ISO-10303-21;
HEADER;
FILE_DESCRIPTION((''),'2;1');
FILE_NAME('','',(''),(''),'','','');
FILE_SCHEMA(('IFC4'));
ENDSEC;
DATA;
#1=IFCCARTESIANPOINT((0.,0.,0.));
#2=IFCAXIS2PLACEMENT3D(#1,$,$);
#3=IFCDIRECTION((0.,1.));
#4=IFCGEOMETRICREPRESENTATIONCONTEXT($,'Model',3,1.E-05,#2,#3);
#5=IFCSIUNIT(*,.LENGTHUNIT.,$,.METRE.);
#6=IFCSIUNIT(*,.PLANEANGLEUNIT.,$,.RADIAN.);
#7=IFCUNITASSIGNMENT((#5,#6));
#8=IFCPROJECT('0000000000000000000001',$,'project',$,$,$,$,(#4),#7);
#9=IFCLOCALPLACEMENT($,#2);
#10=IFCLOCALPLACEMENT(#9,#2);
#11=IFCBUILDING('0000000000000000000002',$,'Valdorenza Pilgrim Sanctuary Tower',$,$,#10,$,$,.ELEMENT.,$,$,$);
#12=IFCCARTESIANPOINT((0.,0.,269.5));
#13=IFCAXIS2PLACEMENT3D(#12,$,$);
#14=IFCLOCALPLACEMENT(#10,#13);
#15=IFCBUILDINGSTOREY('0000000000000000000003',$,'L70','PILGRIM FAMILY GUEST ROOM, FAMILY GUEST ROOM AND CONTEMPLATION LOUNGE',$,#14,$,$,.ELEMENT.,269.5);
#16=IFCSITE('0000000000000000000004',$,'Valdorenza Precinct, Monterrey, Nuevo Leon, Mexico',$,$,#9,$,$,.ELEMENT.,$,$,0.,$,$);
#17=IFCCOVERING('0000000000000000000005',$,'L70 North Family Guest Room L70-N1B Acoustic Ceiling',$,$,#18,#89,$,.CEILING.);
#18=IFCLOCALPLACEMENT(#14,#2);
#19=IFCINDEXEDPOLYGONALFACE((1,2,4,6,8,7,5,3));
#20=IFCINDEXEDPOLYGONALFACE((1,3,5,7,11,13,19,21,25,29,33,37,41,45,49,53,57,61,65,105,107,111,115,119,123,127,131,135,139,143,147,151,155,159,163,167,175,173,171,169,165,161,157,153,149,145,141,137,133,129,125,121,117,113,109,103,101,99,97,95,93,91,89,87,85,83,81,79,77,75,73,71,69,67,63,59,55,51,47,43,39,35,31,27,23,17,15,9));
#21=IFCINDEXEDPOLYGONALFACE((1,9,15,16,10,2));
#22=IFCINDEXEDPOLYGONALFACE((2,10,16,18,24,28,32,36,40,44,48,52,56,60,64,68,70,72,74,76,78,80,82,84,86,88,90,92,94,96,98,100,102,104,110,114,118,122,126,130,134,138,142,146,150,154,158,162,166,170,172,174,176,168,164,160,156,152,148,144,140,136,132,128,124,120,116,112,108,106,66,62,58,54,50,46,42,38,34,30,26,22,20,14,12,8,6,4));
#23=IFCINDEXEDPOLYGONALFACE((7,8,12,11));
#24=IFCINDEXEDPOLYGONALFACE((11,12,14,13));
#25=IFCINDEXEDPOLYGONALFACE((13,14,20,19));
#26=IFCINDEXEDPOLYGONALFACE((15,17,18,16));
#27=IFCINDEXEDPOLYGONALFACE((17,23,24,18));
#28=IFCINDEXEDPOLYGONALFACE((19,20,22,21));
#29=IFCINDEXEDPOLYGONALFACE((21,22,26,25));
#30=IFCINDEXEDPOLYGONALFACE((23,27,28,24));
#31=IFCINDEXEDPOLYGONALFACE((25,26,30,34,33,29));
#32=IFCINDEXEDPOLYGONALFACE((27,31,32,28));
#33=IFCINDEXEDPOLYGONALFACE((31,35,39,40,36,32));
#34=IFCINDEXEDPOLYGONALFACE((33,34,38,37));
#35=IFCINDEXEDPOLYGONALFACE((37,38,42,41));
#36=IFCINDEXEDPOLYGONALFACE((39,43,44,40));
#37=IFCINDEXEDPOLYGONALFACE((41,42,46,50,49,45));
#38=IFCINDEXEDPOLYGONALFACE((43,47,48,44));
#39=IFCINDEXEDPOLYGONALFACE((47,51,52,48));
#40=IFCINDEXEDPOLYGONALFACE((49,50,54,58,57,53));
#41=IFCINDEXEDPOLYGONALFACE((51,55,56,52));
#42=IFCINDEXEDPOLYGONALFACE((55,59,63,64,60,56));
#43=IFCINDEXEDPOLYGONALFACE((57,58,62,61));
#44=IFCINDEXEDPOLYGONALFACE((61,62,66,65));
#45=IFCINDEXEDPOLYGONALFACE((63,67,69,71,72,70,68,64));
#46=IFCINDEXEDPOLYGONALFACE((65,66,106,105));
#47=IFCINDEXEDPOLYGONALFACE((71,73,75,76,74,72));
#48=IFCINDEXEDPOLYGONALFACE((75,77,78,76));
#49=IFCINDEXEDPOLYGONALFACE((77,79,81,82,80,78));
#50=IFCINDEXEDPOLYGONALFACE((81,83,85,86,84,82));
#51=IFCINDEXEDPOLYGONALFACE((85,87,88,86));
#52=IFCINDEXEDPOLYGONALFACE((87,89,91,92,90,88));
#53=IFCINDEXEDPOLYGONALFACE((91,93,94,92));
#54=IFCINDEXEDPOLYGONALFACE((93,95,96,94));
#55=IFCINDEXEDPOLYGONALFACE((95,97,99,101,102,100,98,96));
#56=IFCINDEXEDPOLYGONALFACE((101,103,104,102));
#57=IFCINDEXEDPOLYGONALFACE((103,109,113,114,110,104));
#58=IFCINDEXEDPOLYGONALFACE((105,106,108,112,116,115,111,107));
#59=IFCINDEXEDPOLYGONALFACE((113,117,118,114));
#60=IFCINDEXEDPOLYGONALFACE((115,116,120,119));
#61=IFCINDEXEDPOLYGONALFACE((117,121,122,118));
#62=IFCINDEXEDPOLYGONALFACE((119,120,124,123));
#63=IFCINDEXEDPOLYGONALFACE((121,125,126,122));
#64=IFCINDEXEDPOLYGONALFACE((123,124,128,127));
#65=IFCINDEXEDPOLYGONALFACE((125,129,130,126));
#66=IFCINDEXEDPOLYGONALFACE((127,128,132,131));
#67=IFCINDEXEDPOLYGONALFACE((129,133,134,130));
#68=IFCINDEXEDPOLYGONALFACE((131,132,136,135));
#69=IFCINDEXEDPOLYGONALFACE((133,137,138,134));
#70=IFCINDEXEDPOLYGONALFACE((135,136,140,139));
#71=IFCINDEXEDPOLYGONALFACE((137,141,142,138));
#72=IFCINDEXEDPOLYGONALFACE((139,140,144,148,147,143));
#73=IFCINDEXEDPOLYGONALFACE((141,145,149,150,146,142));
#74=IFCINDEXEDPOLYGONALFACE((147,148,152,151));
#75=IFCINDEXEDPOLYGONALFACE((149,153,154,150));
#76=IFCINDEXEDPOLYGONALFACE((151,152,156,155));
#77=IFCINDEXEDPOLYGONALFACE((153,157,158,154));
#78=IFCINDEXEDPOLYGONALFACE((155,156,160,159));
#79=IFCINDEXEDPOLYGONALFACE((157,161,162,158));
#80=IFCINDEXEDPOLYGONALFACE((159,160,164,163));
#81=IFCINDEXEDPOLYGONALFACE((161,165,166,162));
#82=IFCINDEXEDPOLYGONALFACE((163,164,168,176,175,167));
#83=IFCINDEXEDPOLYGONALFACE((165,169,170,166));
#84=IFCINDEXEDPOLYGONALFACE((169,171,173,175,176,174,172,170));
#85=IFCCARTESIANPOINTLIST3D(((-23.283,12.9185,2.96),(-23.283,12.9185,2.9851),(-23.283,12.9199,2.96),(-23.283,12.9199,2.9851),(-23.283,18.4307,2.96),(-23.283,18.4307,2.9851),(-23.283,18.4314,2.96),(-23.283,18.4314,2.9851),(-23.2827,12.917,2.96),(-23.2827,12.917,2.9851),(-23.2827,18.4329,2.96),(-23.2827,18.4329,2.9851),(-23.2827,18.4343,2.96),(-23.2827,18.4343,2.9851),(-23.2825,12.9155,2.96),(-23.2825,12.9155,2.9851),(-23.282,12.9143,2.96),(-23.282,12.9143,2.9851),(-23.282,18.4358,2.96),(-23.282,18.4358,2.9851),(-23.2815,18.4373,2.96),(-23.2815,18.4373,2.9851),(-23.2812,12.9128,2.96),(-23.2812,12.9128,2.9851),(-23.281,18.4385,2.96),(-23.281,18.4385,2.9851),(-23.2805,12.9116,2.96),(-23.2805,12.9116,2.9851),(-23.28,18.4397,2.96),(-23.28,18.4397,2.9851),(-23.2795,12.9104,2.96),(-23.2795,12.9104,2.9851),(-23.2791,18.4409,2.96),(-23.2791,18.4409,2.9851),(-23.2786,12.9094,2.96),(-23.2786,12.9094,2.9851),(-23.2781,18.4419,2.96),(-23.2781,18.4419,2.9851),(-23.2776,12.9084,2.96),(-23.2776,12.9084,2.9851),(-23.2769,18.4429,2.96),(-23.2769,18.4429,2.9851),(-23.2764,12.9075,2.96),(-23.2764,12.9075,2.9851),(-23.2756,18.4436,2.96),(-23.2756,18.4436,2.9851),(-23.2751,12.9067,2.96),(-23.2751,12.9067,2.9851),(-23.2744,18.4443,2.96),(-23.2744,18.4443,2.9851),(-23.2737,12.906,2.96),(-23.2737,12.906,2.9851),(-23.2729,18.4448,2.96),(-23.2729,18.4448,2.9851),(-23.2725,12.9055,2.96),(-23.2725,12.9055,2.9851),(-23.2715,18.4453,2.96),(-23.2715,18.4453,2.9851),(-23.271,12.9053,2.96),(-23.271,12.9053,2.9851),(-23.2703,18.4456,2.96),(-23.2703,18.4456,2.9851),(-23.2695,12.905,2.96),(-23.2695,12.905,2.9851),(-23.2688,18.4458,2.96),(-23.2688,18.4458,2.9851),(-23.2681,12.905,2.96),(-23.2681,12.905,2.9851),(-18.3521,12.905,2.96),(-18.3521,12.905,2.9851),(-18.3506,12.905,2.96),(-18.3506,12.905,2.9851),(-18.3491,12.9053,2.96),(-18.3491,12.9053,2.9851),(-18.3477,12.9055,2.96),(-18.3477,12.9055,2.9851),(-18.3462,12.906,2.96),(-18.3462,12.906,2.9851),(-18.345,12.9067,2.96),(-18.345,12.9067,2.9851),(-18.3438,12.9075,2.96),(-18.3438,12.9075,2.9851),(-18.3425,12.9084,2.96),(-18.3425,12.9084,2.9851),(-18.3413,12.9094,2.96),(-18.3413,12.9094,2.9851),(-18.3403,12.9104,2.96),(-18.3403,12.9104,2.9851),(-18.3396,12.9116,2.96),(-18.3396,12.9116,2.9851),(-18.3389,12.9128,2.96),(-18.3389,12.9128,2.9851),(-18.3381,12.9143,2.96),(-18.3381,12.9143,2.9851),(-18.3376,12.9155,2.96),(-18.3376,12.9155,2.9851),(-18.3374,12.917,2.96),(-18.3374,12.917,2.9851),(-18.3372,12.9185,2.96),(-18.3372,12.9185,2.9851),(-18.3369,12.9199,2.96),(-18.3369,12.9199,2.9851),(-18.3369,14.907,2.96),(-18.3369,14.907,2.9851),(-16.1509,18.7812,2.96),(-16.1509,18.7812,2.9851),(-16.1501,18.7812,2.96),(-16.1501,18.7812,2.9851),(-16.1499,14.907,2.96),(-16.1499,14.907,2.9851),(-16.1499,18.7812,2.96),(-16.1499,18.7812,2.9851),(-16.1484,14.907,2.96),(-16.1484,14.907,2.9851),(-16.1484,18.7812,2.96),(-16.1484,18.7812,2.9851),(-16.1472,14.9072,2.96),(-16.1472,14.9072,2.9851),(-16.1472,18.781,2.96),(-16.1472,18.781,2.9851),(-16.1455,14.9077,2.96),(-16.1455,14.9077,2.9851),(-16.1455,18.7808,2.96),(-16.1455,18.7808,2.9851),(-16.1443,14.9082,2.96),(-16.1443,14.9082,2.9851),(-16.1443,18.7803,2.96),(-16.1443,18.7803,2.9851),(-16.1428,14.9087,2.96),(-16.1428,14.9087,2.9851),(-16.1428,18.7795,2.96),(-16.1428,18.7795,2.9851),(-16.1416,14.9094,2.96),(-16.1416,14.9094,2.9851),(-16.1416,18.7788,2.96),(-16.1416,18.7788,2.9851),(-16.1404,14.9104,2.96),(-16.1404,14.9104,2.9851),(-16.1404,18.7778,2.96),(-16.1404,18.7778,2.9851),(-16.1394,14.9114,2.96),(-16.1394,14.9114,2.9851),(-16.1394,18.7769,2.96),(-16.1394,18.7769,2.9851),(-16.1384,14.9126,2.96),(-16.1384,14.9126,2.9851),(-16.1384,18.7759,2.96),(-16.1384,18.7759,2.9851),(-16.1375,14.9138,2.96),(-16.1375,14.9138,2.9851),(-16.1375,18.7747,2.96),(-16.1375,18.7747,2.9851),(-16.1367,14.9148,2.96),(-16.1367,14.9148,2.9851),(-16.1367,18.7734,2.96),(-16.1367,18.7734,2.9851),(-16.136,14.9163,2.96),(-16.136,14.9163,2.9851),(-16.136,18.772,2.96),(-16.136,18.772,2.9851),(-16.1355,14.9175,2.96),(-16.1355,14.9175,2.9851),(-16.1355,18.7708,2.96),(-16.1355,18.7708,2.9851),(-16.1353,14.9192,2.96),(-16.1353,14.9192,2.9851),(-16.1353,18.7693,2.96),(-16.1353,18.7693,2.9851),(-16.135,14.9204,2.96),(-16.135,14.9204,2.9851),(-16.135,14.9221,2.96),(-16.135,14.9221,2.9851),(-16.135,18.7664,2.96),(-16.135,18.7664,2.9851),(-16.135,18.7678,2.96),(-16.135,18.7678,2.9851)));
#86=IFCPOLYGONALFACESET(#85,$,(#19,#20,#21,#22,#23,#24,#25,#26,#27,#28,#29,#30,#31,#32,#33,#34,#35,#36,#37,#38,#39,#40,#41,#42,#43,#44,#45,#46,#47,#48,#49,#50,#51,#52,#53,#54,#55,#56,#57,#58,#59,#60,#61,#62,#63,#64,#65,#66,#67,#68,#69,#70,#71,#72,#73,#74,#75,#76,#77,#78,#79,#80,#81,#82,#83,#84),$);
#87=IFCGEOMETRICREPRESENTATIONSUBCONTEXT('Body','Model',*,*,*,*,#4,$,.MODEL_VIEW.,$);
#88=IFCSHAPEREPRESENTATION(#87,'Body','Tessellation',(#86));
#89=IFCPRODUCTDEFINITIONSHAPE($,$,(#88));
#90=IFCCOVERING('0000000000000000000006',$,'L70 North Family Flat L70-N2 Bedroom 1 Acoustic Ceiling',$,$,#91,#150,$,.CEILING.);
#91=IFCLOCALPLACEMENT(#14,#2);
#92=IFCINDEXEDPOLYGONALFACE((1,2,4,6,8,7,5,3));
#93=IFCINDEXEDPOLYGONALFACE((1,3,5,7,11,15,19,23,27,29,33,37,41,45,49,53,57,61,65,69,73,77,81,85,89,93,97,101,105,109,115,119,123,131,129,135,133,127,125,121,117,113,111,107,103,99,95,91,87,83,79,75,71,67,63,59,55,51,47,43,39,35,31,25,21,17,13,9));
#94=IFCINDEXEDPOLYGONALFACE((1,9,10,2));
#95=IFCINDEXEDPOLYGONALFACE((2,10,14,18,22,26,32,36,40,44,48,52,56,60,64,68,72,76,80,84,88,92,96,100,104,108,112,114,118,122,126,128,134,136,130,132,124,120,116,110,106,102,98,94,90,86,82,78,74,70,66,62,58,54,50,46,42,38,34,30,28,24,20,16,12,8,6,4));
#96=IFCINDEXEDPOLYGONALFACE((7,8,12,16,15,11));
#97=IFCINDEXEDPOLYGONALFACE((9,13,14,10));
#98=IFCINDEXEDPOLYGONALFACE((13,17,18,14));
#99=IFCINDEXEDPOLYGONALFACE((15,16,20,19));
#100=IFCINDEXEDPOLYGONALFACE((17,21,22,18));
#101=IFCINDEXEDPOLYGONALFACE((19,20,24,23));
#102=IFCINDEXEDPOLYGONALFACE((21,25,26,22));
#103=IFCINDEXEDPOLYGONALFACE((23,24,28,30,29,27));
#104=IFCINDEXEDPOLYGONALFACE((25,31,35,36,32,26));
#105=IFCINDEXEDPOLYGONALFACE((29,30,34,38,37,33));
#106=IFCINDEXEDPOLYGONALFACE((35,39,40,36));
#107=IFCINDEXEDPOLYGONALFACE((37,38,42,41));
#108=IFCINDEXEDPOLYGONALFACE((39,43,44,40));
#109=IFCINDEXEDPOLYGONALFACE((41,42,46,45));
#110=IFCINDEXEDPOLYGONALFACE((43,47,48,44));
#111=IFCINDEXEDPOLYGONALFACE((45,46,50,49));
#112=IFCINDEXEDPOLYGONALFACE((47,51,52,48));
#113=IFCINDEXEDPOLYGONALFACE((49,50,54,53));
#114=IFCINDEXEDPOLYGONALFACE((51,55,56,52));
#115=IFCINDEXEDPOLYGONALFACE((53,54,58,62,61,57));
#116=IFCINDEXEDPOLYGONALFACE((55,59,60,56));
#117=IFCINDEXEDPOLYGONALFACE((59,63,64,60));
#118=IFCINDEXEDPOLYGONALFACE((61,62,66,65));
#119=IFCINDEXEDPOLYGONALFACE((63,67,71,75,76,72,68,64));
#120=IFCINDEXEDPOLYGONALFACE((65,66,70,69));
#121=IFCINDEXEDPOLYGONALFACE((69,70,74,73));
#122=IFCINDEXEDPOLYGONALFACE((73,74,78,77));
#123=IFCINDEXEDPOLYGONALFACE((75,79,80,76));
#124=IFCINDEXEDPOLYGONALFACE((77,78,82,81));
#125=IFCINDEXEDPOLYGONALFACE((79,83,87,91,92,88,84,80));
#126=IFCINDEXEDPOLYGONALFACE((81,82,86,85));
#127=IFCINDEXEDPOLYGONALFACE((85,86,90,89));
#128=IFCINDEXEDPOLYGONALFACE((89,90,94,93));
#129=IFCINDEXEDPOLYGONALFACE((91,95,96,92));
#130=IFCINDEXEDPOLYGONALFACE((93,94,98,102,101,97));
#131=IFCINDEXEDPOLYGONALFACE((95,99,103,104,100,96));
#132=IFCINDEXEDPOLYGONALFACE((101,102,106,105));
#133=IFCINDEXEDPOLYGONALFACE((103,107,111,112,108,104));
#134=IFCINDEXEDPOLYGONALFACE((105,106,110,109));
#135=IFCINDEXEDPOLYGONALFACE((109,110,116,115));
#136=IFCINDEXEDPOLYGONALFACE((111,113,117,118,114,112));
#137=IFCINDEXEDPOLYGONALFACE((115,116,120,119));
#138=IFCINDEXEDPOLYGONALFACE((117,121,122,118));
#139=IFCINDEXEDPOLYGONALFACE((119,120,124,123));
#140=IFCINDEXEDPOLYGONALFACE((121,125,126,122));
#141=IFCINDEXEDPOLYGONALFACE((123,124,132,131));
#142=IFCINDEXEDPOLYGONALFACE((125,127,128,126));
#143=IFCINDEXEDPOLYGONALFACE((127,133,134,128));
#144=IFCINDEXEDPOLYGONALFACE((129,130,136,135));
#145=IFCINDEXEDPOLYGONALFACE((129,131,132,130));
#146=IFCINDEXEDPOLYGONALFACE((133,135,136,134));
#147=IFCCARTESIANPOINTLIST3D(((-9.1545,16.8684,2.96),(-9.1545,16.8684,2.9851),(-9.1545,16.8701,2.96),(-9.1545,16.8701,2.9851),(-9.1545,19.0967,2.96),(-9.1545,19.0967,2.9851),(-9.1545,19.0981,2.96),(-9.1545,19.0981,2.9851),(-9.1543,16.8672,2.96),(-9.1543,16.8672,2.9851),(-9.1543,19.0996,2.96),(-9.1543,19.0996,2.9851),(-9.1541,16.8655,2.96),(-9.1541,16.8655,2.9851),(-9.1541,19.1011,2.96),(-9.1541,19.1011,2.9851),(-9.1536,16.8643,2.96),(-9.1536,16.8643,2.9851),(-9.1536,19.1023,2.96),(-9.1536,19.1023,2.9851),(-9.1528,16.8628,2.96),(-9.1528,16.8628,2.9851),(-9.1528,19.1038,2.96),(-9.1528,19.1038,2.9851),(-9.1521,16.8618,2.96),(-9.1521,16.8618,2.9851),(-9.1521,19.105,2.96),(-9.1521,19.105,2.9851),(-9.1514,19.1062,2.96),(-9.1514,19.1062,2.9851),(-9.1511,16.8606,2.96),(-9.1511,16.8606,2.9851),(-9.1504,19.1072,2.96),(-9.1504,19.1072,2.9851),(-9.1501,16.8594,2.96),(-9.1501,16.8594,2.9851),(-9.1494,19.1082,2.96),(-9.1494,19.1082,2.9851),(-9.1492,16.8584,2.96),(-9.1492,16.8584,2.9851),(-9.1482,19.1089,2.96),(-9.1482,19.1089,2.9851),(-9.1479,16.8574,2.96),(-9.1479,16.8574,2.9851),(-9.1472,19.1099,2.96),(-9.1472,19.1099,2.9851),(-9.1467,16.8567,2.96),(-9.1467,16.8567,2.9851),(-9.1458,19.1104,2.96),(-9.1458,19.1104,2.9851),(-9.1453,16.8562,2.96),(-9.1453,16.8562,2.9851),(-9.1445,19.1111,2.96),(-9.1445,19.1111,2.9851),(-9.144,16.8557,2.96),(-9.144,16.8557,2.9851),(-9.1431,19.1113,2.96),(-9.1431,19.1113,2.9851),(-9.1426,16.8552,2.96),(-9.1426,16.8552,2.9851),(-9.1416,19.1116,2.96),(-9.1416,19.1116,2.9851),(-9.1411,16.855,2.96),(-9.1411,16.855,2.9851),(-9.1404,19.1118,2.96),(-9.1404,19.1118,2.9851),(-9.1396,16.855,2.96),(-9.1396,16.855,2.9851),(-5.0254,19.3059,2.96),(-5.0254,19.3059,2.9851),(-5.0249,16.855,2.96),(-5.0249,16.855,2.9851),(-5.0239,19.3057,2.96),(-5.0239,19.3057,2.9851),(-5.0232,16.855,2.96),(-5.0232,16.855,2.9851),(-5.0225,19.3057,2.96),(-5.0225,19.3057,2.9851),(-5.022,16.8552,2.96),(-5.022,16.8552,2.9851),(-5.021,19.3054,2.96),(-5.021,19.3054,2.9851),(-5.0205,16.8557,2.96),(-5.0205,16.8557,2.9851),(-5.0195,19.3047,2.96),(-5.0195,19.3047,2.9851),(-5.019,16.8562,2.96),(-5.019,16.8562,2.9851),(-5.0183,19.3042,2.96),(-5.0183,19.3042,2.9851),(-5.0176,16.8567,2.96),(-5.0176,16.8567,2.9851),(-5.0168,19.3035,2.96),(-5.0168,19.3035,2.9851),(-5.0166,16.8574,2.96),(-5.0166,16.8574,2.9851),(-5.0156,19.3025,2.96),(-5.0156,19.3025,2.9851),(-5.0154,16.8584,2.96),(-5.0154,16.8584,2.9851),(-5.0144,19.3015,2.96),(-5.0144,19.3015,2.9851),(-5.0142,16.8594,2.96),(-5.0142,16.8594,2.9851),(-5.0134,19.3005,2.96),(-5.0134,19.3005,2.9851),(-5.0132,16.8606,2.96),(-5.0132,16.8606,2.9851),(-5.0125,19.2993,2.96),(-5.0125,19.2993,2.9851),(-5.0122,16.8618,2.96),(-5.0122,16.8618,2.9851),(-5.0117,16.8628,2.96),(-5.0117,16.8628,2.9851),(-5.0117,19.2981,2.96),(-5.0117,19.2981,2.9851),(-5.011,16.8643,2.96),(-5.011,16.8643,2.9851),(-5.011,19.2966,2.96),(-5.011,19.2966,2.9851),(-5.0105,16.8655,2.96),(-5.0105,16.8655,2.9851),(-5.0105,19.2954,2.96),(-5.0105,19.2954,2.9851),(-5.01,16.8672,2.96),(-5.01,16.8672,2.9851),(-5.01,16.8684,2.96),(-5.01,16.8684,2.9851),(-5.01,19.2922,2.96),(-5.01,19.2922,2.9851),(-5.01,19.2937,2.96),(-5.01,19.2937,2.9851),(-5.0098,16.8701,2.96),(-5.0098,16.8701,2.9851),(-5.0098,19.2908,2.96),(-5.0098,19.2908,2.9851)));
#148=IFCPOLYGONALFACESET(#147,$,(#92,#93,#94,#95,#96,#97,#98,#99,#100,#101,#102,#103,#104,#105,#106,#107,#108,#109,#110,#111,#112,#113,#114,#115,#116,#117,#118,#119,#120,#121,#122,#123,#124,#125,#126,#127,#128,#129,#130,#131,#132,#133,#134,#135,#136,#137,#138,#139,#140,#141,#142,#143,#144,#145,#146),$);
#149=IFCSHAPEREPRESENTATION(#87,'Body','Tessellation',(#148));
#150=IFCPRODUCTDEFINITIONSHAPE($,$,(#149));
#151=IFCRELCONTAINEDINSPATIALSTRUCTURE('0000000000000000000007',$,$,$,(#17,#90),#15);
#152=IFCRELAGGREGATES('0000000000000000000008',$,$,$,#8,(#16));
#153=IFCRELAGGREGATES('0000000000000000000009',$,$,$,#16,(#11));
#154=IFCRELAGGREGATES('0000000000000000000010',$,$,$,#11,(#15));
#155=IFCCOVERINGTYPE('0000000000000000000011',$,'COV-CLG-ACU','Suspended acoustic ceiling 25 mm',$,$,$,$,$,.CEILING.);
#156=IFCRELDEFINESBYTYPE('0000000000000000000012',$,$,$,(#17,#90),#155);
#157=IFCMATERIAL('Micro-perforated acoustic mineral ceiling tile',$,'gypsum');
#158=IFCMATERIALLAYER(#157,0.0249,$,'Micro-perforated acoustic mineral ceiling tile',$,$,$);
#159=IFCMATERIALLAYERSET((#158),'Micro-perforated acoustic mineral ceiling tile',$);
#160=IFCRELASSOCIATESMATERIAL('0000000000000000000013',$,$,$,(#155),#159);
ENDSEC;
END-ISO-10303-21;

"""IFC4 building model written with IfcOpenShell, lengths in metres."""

from ifc_helpers import new_model, si_unit, direction, frame, origin, place, context, subcontext, project, spatial, polyline, outline, extrude, material, layer, layer_set, type_object, element, save


model = new_model("IFC4")

# Units and contexts
model_context = context("Model", 3, precision=1e-05, world=origin(), true_north=direction((0.0, 1.0)))
body_context = subcontext(model_context, "Body", "Model", "MODEL_VIEW")
ifc_project = project(units=[si_unit("LENGTHUNIT", "METRE"), si_unit("PLANEANGLEUNIT", "RADIAN")], contexts=[model_context])

# Site, building, storey
site_placement = place(None, origin())
site = spatial("IfcSite", under=ifc_project, at=site_placement, Name="Valdorenza Precinct, Monterrey, Nuevo Leon, Mexico", CompositionType="ELEMENT", RefElevation=0.0)
building_placement = place(site_placement, origin())
building = spatial("IfcBuilding", under=site, at=building_placement, Name="Valdorenza Pilgrim Sanctuary Tower", CompositionType="ELEMENT")
storey_placement = place(building_placement, frame((0.0, 0.0, 269.5)))
storey = spatial("IfcBuildingStorey", under=building, at=storey_placement, Name="L70", Description="PILGRIM FAMILY GUEST ROOM, FAMILY GUEST ROOM AND CONTEMPLATION LOUNGE", CompositionType="ELEMENT", Elevation=269.5)

# Coverings
ifc_material_1 = material(Name="Micro-perforated acoustic mineral ceiling tile", Category="gypsum")
ifc_layer_1 = layer(ifc_material_1, 0.0249, Name="Micro-perforated acoustic mineral ceiling tile")
ifc_layer_set_1 = layer_set([ifc_layer_1], Name="Micro-perforated acoustic mineral ceiling tile")
covering_type_1 = type_object("IfcCoveringType", Name="COV-CLG-ACU", Description="Suspended acoustic ceiling 25 mm", PredefinedType="CEILING", material=ifc_layer_set_1)
covering_1_placement = place(storey_placement, frame((0.0, 0.0, 2.96)))
element("IfcCovering", 1, at=covering_1_placement, inside=storey, type_object=covering_type_1, Name="L70 North Family Guest Room L70-N1B Acoustic Ceiling", PredefinedType="CEILING", context=body_context, shape_type="SweptSolid", body=[
    extrude(outline(polyline([(-23.283, 18.4307), (-23.283, 18.4314), (-23.2827, 18.4329), (-23.2827, 18.4343), (-23.282, 18.4358), (-23.2815, 18.4373), (-23.281, 18.4385), (-23.28, 18.4397), (-23.2791, 18.4409), (-23.2781, 18.4419), (-23.2769, 18.4429), (-23.2756, 18.4436), (-23.2744, 18.4443), (-23.2729, 18.4448), (-23.2715, 18.4453), (-23.2703, 18.4456), (-23.2688, 18.4458), (-16.1509, 18.7812), (-16.1501, 18.7812), (-16.1499, 18.7812), (-16.1484, 18.7812), (-16.1472, 18.781), (-16.1455, 18.7808), (-16.1443, 18.7803), (-16.1428, 18.7795), (-16.1416, 18.7788), (-16.1404, 18.7778), (-16.1394, 18.7769), (-16.1384, 18.7759), (-16.1375, 18.7747), (-16.1367, 18.7734), (-16.136, 18.772), (-16.1355, 18.7708), (-16.1353, 18.7693), (-16.135, 18.7678), (-16.135, 18.7664), (-16.135, 14.9221), (-16.135, 14.9204), (-16.1353, 14.9192), (-16.1355, 14.9175), (-16.136, 14.9163), (-16.1367, 14.9148), (-16.1375, 14.9138), (-16.1384, 14.9126), (-16.1394, 14.9114), (-16.1404, 14.9104), (-16.1416, 14.9094), (-16.1428, 14.9087), (-16.1443, 14.9082), (-16.1455, 14.9077), (-16.1472, 14.9072), (-16.1484, 14.907), (-16.1499, 14.907), (-18.3369, 14.907), (-18.3369, 12.9199), (-18.3372, 12.9185), (-18.3374, 12.917), (-18.3376, 12.9155), (-18.3381, 12.9143), (-18.3389, 12.9128), (-18.3396, 12.9116), (-18.3403, 12.9104), (-18.3413, 12.9094), (-18.3425, 12.9084), (-18.3438, 12.9075), (-18.345, 12.9067), (-18.3462, 12.906), (-18.3477, 12.9055), (-18.3491, 12.9053), (-18.3506, 12.905), (-18.3521, 12.905), (-23.2681, 12.905), (-23.2695, 12.905), (-23.271, 12.9053), (-23.2725, 12.9055), (-23.2737, 12.906), (-23.2751, 12.9067), (-23.2764, 12.9075), (-23.2776, 12.9084), (-23.2786, 12.9094), (-23.2795, 12.9104), (-23.2805, 12.9116), (-23.2812, 12.9128), (-23.282, 12.9143), (-23.2825, 12.9155), (-23.2827, 12.917), (-23.283, 12.9185), (-23.283, 12.9199), (-23.283, 18.4307), (-23.283, 18.4307)])), origin(), (0.0, 0.0, 1.0), 0.0251),
])
covering_2_placement = place(storey_placement, frame((0.0, 0.0, 2.96)))
element("IfcCovering", 2, at=covering_2_placement, inside=storey, type_object=covering_type_1, Name="L70 North Family Flat L70-N2 Bedroom 1 Acoustic Ceiling", PredefinedType="CEILING", context=body_context, shape_type="SweptSolid", body=[
    extrude(outline(polyline([(-9.1396, 16.855), (-9.1411, 16.855), (-9.1426, 16.8552), (-9.144, 16.8557), (-9.1453, 16.8562), (-9.1467, 16.8567), (-9.1479, 16.8574), (-9.1492, 16.8584), (-9.1501, 16.8594), (-9.1511, 16.8606), (-9.1521, 16.8618), (-9.1528, 16.8628), (-9.1536, 16.8643), (-9.1541, 16.8655), (-9.1543, 16.8672), (-9.1545, 16.8684), (-9.1545, 16.8701), (-9.1545, 19.0967), (-9.1545, 19.0981), (-9.1543, 19.0996), (-9.1541, 19.1011), (-9.1536, 19.1023), (-9.1528, 19.1038), (-9.1521, 19.105), (-9.1514, 19.1062), (-9.1504, 19.1072), (-9.1494, 19.1082), (-9.1482, 19.1089), (-9.1472, 19.1099), (-9.1458, 19.1104), (-9.1445, 19.1111), (-9.1431, 19.1113), (-9.1416, 19.1116), (-9.1404, 19.1118), (-5.0254, 19.3059), (-5.0239, 19.3057), (-5.0225, 19.3057), (-5.021, 19.3054), (-5.0195, 19.3047), (-5.0183, 19.3042), (-5.0168, 19.3035), (-5.0156, 19.3025), (-5.0144, 19.3015), (-5.0134, 19.3005), (-5.0125, 19.2993), (-5.0117, 19.2981), (-5.011, 19.2966), (-5.0105, 19.2954), (-5.01, 19.2937), (-5.01, 19.2922), (-5.0098, 19.2908), (-5.0098, 16.8701), (-5.01, 16.8684), (-5.01, 16.8672), (-5.0105, 16.8655), (-5.011, 16.8643), (-5.0117, 16.8628), (-5.0122, 16.8618), (-5.0132, 16.8606), (-5.0142, 16.8594), (-5.0154, 16.8584), (-5.0166, 16.8574), (-5.0176, 16.8567), (-5.019, 16.8562), (-5.0205, 16.8557), (-5.022, 16.8552), (-5.0232, 16.855), (-5.0249, 16.855), (-9.1396, 16.855)])), origin(), (0.0, 0.0, 1.0), 0.0251),
])

save(model, "model.ifc")
